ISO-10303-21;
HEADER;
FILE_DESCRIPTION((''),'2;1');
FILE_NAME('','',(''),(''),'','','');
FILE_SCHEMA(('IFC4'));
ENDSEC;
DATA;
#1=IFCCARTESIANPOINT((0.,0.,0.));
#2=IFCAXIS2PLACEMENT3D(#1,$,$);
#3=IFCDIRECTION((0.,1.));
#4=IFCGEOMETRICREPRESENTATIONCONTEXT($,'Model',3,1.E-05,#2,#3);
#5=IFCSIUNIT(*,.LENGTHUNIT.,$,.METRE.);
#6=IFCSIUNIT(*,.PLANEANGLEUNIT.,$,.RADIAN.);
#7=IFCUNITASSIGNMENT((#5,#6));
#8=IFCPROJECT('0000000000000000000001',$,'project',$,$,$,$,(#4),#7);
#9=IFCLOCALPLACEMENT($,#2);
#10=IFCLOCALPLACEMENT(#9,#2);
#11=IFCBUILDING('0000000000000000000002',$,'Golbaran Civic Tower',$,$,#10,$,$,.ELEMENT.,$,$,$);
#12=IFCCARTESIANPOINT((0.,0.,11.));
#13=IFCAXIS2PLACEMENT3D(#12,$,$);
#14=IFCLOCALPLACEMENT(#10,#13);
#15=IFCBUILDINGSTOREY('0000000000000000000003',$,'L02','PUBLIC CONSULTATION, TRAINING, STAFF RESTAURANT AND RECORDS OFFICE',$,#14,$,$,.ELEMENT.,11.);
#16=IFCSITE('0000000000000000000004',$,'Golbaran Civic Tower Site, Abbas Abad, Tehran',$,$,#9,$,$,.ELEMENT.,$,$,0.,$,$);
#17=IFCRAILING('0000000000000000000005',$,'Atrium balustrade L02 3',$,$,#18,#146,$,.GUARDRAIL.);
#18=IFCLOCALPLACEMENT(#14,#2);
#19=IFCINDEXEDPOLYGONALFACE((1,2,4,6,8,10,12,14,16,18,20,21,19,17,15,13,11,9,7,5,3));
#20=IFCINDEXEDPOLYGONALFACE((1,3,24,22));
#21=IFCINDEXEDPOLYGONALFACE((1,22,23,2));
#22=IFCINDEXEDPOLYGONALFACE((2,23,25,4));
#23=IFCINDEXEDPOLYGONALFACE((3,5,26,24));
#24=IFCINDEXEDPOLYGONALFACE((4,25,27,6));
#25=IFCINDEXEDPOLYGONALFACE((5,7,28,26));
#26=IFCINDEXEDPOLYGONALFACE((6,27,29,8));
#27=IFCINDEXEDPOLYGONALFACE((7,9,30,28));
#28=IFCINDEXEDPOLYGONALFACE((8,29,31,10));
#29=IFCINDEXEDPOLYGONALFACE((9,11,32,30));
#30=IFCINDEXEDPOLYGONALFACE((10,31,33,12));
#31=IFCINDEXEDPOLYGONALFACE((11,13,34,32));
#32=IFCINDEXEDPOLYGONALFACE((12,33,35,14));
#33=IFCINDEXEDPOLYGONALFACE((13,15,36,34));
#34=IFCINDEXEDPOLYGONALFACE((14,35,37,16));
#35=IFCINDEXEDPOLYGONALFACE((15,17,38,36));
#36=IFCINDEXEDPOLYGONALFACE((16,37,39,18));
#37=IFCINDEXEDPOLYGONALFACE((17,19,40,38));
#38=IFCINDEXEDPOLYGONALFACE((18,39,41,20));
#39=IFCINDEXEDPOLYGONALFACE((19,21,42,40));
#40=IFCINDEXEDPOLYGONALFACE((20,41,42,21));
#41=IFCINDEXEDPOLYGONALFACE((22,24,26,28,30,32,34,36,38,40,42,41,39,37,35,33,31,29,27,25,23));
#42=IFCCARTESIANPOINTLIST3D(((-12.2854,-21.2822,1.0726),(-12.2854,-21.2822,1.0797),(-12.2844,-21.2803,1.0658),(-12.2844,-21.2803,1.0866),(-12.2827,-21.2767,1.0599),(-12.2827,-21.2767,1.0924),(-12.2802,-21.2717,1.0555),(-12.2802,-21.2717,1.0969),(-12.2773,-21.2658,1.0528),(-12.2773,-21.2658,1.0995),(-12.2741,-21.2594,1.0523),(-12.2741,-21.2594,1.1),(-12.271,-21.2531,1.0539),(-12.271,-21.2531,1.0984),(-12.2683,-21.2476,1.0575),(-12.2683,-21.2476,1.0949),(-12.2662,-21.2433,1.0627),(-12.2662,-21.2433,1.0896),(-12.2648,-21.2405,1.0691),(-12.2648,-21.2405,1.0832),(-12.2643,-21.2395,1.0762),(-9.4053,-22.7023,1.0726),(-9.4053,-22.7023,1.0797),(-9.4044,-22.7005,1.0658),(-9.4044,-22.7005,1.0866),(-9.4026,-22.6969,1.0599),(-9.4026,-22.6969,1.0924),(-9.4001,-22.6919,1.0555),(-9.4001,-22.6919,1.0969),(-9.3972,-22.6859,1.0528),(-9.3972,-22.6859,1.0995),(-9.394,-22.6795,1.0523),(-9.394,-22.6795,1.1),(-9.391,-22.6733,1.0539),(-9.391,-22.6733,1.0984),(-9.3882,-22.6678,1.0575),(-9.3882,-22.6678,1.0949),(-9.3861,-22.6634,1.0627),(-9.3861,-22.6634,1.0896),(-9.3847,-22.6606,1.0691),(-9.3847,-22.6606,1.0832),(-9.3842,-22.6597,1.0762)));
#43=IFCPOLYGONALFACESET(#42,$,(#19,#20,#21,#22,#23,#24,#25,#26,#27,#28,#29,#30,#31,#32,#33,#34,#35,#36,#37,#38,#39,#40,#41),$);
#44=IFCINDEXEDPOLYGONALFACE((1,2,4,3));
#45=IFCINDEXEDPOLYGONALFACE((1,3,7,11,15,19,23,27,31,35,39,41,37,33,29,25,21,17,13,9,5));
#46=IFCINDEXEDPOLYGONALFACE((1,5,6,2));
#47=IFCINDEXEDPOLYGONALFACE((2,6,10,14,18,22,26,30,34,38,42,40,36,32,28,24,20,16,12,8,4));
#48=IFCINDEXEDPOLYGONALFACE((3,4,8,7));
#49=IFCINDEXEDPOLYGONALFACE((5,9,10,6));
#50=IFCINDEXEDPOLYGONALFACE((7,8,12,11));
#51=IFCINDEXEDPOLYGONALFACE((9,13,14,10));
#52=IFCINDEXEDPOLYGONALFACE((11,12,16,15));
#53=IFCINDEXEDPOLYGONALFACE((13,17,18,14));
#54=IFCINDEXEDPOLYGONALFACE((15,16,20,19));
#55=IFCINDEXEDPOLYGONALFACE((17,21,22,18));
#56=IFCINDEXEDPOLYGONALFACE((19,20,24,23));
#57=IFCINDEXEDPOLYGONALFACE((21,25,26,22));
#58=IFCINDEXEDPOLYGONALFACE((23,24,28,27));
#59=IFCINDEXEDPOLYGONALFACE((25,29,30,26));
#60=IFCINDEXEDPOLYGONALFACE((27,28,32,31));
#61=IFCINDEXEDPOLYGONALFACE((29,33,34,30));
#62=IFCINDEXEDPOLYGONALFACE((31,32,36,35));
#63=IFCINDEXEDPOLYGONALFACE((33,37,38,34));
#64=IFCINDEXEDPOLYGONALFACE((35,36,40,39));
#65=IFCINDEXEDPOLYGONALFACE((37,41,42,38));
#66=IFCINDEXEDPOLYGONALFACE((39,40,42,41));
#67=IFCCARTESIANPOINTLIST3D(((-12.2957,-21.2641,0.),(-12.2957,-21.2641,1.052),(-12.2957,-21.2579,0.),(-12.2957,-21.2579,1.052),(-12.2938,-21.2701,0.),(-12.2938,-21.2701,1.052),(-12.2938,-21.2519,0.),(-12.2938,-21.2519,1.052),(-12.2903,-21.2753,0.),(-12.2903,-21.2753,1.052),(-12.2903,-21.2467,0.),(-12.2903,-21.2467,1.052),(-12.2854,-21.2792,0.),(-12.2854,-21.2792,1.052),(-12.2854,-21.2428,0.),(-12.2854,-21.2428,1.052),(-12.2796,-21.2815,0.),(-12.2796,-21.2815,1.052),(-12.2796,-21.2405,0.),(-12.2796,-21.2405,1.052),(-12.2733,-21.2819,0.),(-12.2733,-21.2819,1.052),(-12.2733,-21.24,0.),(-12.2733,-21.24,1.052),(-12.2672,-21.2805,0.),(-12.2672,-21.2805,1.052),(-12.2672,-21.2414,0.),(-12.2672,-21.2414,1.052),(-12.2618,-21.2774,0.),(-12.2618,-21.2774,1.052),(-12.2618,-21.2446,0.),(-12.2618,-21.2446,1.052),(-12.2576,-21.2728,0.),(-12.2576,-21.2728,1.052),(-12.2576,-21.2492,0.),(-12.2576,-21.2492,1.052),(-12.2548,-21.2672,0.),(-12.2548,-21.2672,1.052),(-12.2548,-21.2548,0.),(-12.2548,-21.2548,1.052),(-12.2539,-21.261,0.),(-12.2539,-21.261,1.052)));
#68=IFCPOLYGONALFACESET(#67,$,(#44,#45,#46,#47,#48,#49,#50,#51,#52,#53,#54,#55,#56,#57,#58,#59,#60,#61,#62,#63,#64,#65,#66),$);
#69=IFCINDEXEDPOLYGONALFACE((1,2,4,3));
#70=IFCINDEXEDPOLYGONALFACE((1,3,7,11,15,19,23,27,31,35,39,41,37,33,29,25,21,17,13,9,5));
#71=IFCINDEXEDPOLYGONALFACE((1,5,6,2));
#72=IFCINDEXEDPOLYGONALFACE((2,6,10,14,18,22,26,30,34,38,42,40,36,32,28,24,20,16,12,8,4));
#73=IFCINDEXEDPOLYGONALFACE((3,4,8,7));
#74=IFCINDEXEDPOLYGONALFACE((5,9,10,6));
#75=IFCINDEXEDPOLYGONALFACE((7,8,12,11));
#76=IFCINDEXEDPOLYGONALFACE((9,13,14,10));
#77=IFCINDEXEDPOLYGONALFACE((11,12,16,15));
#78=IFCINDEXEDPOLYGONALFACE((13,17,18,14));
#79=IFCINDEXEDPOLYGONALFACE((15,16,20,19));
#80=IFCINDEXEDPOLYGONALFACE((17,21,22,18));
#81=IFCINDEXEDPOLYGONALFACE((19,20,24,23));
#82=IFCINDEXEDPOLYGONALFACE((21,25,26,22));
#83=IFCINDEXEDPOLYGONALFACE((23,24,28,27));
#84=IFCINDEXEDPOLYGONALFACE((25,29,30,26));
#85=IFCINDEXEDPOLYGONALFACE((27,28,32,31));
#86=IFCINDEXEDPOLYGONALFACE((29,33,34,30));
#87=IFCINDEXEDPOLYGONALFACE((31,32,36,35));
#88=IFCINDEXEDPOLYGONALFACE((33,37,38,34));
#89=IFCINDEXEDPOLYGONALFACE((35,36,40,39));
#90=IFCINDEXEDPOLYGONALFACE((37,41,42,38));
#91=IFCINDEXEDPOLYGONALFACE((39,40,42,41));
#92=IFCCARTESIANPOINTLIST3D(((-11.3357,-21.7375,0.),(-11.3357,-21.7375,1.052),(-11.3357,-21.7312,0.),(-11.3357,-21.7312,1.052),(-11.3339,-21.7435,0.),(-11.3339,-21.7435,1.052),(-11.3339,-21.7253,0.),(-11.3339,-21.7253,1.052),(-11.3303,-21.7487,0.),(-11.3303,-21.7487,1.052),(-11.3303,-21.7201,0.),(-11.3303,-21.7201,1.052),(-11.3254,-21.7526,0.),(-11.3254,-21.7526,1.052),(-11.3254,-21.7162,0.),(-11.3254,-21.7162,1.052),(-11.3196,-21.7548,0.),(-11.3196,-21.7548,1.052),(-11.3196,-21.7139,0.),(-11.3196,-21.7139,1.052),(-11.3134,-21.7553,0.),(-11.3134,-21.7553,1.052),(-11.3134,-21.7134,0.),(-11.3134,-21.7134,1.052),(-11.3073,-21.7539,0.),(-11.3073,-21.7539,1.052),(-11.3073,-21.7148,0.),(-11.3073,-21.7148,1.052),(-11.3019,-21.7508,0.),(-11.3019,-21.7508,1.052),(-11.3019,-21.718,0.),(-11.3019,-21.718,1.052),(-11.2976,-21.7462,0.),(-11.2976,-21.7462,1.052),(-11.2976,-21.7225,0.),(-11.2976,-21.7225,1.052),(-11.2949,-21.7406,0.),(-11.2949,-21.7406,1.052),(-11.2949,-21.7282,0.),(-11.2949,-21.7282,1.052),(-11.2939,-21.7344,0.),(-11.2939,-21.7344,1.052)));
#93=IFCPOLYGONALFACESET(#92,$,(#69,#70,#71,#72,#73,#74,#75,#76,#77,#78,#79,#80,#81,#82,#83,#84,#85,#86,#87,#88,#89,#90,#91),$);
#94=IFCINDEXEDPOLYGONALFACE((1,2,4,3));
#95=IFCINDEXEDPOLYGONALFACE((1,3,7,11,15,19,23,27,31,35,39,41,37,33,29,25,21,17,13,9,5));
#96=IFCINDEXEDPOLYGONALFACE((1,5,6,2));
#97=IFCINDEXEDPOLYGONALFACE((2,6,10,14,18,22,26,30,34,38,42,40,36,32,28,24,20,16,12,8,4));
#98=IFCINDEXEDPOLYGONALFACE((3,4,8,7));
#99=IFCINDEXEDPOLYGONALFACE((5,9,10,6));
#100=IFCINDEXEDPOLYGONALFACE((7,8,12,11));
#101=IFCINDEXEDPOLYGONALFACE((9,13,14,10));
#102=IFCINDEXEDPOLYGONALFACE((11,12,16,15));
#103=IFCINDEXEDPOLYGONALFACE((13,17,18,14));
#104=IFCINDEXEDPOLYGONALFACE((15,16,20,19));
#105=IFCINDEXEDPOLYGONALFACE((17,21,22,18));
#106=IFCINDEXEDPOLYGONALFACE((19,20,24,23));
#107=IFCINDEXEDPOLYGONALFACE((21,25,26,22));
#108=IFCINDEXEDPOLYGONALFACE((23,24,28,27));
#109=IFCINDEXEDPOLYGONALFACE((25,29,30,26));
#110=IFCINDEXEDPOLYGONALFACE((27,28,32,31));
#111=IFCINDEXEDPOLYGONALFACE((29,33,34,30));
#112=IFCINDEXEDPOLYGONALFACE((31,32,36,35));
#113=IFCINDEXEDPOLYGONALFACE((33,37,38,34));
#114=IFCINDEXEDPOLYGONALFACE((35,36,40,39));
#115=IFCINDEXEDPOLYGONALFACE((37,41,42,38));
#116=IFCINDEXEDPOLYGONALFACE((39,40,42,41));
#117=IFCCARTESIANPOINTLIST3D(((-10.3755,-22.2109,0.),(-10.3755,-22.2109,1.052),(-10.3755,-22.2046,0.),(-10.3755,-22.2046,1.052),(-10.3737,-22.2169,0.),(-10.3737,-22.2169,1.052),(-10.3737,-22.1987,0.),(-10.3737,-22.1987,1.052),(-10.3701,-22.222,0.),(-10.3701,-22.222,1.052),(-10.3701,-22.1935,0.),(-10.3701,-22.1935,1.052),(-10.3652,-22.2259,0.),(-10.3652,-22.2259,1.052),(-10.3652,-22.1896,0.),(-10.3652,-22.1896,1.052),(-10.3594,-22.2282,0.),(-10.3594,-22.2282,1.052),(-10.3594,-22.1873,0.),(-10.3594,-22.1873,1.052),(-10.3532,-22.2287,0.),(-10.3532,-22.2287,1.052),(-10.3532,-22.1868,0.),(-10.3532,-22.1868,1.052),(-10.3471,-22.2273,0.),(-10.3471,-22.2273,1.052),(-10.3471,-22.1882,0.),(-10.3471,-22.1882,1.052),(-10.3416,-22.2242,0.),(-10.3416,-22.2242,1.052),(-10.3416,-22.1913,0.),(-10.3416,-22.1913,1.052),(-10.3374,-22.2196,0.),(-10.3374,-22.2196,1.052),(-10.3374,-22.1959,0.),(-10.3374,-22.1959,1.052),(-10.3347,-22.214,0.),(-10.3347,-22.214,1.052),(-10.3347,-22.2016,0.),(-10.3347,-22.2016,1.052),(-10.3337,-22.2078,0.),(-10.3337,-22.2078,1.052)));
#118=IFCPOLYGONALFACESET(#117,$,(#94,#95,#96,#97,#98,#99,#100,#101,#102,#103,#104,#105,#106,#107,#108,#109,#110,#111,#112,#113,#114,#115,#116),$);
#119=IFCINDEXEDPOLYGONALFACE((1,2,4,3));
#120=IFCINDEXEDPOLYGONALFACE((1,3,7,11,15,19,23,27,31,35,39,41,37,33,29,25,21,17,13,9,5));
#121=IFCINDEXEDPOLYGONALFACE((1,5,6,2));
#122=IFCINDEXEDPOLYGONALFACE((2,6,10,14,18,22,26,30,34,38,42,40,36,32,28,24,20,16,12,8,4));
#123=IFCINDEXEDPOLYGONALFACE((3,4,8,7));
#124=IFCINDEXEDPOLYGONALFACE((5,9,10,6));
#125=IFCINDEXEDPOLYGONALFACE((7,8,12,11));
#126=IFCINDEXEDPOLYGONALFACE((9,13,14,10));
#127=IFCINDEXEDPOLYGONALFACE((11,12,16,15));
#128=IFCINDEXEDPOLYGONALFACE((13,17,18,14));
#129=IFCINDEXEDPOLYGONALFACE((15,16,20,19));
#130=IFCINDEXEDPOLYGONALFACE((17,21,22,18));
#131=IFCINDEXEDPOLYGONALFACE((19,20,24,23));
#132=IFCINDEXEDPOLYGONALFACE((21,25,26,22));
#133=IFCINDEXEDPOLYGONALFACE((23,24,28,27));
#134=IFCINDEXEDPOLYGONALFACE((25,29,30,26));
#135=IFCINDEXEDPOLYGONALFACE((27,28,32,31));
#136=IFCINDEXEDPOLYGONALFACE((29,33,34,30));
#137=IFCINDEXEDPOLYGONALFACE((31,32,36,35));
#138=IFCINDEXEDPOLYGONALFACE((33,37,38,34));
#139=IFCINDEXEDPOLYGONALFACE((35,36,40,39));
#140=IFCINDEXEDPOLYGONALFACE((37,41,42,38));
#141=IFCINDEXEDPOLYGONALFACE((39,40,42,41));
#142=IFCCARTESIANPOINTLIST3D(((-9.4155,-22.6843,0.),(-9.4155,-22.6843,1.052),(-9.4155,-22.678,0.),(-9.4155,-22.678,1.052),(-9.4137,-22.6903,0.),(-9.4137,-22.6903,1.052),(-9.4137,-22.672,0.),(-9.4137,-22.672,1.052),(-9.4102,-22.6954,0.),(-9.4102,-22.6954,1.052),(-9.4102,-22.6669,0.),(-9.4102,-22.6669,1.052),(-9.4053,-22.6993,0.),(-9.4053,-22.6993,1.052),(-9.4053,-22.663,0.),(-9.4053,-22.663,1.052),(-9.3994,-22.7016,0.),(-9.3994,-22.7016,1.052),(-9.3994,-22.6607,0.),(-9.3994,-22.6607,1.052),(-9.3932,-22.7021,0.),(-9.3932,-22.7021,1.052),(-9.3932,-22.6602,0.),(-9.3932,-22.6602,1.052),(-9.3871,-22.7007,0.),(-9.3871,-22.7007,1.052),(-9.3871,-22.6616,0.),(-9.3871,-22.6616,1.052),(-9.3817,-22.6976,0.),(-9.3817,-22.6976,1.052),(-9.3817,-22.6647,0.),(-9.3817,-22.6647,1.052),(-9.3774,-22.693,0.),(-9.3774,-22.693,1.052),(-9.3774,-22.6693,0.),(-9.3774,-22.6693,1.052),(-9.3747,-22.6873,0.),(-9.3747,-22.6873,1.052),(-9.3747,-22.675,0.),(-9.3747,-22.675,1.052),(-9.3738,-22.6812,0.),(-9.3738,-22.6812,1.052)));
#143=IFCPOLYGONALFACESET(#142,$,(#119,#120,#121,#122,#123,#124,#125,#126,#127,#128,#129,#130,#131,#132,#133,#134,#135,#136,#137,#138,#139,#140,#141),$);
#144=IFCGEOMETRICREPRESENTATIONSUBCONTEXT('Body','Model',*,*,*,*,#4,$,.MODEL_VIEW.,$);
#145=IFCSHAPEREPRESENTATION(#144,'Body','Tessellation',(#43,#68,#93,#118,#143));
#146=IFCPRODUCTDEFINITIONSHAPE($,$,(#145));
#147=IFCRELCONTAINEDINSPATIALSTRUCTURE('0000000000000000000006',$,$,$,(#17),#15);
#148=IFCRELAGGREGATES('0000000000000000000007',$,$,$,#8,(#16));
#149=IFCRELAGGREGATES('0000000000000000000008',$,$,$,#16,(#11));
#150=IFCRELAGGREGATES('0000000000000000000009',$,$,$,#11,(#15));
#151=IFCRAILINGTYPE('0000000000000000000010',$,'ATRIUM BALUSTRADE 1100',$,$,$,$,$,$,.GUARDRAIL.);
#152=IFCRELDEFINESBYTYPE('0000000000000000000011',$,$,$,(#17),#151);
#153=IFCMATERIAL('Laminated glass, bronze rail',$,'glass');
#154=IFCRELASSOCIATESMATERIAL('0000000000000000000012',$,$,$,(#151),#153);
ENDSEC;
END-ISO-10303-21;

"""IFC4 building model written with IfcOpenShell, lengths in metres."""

from ifc_helpers import new_model, si_unit, direction, frame, origin, origin_2d, place, context, subcontext, project, spatial, circle, extrude, material, type_object, element, save


model = new_model("IFC4")

# Units and contexts
model_context = context("Model", 3, precision=1e-05, world=origin(), true_north=direction((0.0, 1.0)))
body_context = subcontext(model_context, "Body", "Model", "MODEL_VIEW")
ifc_project = project(units=[si_unit("LENGTHUNIT", "METRE"), si_unit("PLANEANGLEUNIT", "RADIAN")], contexts=[model_context])

# Site, building, storey
site_placement = place(None, origin())
site = spatial("IfcSite", under=ifc_project, at=site_placement, Name="Golbaran Civic Tower Site, Abbas Abad, Tehran", CompositionType="ELEMENT", RefElevation=0.0)
building_placement = place(site_placement, origin())
building = spatial("IfcBuilding", under=site, at=building_placement, Name="Golbaran Civic Tower", CompositionType="ELEMENT")
storey_placement = place(building_placement, frame((0.0, 0.0, 11.0)))
storey = spatial("IfcBuildingStorey", under=building, at=storey_placement, Name="L02", Description="PUBLIC CONSULTATION, TRAINING, STAFF RESTAURANT AND RECORDS OFFICE", CompositionType="ELEMENT", Elevation=11.0)

# Railing
ifc_material_1 = material(Name="Laminated glass, bronze rail", Category="glass")
railing_type_1 = type_object("IfcRailingType", Name="ATRIUM BALUSTRADE 1100", PredefinedType="GUARDRAIL", material=ifc_material_1)
railing_1_placement = place(storey_placement, frame((-12.2749, -21.261, 0.0)))
element("IfcRailing", 1, at=railing_1_placement, inside=storey, type_object=railing_type_1, Name="Atrium balustrade L02 3", PredefinedType="GUARDRAIL", context=body_context, shape_type="SweptSolid", body=[
    extrude(circle(Radius=0.0239, at=origin_2d()), frame((0.0, 0.0, 1.0762), z_axis=(0.896892, -0.44225, 0.0), x_axis=(0.44225, 0.896892, 0.0)), (0.0, 0.0, 1.0), 3.2112),
    extrude(circle(Radius=0.021, at=origin_2d()), origin(), (0.0, 0.0, 1.0), 1.052),
    extrude(circle(Radius=0.021, at=origin_2d()), frame((0.96, -0.4734, 0.0)), (0.0, 0.0, 1.0), 1.052),
    extrude(circle(Radius=0.021, at=origin_2d()), frame((1.9202, -0.9468, 0.0)), (0.0, 0.0, 1.0), 1.052),
    extrude(circle(Radius=0.021, at=origin_2d()), frame((2.8801, -1.4202, 0.0)), (0.0, 0.0, 1.0), 1.052),
])

save(model, "model.ifc")
